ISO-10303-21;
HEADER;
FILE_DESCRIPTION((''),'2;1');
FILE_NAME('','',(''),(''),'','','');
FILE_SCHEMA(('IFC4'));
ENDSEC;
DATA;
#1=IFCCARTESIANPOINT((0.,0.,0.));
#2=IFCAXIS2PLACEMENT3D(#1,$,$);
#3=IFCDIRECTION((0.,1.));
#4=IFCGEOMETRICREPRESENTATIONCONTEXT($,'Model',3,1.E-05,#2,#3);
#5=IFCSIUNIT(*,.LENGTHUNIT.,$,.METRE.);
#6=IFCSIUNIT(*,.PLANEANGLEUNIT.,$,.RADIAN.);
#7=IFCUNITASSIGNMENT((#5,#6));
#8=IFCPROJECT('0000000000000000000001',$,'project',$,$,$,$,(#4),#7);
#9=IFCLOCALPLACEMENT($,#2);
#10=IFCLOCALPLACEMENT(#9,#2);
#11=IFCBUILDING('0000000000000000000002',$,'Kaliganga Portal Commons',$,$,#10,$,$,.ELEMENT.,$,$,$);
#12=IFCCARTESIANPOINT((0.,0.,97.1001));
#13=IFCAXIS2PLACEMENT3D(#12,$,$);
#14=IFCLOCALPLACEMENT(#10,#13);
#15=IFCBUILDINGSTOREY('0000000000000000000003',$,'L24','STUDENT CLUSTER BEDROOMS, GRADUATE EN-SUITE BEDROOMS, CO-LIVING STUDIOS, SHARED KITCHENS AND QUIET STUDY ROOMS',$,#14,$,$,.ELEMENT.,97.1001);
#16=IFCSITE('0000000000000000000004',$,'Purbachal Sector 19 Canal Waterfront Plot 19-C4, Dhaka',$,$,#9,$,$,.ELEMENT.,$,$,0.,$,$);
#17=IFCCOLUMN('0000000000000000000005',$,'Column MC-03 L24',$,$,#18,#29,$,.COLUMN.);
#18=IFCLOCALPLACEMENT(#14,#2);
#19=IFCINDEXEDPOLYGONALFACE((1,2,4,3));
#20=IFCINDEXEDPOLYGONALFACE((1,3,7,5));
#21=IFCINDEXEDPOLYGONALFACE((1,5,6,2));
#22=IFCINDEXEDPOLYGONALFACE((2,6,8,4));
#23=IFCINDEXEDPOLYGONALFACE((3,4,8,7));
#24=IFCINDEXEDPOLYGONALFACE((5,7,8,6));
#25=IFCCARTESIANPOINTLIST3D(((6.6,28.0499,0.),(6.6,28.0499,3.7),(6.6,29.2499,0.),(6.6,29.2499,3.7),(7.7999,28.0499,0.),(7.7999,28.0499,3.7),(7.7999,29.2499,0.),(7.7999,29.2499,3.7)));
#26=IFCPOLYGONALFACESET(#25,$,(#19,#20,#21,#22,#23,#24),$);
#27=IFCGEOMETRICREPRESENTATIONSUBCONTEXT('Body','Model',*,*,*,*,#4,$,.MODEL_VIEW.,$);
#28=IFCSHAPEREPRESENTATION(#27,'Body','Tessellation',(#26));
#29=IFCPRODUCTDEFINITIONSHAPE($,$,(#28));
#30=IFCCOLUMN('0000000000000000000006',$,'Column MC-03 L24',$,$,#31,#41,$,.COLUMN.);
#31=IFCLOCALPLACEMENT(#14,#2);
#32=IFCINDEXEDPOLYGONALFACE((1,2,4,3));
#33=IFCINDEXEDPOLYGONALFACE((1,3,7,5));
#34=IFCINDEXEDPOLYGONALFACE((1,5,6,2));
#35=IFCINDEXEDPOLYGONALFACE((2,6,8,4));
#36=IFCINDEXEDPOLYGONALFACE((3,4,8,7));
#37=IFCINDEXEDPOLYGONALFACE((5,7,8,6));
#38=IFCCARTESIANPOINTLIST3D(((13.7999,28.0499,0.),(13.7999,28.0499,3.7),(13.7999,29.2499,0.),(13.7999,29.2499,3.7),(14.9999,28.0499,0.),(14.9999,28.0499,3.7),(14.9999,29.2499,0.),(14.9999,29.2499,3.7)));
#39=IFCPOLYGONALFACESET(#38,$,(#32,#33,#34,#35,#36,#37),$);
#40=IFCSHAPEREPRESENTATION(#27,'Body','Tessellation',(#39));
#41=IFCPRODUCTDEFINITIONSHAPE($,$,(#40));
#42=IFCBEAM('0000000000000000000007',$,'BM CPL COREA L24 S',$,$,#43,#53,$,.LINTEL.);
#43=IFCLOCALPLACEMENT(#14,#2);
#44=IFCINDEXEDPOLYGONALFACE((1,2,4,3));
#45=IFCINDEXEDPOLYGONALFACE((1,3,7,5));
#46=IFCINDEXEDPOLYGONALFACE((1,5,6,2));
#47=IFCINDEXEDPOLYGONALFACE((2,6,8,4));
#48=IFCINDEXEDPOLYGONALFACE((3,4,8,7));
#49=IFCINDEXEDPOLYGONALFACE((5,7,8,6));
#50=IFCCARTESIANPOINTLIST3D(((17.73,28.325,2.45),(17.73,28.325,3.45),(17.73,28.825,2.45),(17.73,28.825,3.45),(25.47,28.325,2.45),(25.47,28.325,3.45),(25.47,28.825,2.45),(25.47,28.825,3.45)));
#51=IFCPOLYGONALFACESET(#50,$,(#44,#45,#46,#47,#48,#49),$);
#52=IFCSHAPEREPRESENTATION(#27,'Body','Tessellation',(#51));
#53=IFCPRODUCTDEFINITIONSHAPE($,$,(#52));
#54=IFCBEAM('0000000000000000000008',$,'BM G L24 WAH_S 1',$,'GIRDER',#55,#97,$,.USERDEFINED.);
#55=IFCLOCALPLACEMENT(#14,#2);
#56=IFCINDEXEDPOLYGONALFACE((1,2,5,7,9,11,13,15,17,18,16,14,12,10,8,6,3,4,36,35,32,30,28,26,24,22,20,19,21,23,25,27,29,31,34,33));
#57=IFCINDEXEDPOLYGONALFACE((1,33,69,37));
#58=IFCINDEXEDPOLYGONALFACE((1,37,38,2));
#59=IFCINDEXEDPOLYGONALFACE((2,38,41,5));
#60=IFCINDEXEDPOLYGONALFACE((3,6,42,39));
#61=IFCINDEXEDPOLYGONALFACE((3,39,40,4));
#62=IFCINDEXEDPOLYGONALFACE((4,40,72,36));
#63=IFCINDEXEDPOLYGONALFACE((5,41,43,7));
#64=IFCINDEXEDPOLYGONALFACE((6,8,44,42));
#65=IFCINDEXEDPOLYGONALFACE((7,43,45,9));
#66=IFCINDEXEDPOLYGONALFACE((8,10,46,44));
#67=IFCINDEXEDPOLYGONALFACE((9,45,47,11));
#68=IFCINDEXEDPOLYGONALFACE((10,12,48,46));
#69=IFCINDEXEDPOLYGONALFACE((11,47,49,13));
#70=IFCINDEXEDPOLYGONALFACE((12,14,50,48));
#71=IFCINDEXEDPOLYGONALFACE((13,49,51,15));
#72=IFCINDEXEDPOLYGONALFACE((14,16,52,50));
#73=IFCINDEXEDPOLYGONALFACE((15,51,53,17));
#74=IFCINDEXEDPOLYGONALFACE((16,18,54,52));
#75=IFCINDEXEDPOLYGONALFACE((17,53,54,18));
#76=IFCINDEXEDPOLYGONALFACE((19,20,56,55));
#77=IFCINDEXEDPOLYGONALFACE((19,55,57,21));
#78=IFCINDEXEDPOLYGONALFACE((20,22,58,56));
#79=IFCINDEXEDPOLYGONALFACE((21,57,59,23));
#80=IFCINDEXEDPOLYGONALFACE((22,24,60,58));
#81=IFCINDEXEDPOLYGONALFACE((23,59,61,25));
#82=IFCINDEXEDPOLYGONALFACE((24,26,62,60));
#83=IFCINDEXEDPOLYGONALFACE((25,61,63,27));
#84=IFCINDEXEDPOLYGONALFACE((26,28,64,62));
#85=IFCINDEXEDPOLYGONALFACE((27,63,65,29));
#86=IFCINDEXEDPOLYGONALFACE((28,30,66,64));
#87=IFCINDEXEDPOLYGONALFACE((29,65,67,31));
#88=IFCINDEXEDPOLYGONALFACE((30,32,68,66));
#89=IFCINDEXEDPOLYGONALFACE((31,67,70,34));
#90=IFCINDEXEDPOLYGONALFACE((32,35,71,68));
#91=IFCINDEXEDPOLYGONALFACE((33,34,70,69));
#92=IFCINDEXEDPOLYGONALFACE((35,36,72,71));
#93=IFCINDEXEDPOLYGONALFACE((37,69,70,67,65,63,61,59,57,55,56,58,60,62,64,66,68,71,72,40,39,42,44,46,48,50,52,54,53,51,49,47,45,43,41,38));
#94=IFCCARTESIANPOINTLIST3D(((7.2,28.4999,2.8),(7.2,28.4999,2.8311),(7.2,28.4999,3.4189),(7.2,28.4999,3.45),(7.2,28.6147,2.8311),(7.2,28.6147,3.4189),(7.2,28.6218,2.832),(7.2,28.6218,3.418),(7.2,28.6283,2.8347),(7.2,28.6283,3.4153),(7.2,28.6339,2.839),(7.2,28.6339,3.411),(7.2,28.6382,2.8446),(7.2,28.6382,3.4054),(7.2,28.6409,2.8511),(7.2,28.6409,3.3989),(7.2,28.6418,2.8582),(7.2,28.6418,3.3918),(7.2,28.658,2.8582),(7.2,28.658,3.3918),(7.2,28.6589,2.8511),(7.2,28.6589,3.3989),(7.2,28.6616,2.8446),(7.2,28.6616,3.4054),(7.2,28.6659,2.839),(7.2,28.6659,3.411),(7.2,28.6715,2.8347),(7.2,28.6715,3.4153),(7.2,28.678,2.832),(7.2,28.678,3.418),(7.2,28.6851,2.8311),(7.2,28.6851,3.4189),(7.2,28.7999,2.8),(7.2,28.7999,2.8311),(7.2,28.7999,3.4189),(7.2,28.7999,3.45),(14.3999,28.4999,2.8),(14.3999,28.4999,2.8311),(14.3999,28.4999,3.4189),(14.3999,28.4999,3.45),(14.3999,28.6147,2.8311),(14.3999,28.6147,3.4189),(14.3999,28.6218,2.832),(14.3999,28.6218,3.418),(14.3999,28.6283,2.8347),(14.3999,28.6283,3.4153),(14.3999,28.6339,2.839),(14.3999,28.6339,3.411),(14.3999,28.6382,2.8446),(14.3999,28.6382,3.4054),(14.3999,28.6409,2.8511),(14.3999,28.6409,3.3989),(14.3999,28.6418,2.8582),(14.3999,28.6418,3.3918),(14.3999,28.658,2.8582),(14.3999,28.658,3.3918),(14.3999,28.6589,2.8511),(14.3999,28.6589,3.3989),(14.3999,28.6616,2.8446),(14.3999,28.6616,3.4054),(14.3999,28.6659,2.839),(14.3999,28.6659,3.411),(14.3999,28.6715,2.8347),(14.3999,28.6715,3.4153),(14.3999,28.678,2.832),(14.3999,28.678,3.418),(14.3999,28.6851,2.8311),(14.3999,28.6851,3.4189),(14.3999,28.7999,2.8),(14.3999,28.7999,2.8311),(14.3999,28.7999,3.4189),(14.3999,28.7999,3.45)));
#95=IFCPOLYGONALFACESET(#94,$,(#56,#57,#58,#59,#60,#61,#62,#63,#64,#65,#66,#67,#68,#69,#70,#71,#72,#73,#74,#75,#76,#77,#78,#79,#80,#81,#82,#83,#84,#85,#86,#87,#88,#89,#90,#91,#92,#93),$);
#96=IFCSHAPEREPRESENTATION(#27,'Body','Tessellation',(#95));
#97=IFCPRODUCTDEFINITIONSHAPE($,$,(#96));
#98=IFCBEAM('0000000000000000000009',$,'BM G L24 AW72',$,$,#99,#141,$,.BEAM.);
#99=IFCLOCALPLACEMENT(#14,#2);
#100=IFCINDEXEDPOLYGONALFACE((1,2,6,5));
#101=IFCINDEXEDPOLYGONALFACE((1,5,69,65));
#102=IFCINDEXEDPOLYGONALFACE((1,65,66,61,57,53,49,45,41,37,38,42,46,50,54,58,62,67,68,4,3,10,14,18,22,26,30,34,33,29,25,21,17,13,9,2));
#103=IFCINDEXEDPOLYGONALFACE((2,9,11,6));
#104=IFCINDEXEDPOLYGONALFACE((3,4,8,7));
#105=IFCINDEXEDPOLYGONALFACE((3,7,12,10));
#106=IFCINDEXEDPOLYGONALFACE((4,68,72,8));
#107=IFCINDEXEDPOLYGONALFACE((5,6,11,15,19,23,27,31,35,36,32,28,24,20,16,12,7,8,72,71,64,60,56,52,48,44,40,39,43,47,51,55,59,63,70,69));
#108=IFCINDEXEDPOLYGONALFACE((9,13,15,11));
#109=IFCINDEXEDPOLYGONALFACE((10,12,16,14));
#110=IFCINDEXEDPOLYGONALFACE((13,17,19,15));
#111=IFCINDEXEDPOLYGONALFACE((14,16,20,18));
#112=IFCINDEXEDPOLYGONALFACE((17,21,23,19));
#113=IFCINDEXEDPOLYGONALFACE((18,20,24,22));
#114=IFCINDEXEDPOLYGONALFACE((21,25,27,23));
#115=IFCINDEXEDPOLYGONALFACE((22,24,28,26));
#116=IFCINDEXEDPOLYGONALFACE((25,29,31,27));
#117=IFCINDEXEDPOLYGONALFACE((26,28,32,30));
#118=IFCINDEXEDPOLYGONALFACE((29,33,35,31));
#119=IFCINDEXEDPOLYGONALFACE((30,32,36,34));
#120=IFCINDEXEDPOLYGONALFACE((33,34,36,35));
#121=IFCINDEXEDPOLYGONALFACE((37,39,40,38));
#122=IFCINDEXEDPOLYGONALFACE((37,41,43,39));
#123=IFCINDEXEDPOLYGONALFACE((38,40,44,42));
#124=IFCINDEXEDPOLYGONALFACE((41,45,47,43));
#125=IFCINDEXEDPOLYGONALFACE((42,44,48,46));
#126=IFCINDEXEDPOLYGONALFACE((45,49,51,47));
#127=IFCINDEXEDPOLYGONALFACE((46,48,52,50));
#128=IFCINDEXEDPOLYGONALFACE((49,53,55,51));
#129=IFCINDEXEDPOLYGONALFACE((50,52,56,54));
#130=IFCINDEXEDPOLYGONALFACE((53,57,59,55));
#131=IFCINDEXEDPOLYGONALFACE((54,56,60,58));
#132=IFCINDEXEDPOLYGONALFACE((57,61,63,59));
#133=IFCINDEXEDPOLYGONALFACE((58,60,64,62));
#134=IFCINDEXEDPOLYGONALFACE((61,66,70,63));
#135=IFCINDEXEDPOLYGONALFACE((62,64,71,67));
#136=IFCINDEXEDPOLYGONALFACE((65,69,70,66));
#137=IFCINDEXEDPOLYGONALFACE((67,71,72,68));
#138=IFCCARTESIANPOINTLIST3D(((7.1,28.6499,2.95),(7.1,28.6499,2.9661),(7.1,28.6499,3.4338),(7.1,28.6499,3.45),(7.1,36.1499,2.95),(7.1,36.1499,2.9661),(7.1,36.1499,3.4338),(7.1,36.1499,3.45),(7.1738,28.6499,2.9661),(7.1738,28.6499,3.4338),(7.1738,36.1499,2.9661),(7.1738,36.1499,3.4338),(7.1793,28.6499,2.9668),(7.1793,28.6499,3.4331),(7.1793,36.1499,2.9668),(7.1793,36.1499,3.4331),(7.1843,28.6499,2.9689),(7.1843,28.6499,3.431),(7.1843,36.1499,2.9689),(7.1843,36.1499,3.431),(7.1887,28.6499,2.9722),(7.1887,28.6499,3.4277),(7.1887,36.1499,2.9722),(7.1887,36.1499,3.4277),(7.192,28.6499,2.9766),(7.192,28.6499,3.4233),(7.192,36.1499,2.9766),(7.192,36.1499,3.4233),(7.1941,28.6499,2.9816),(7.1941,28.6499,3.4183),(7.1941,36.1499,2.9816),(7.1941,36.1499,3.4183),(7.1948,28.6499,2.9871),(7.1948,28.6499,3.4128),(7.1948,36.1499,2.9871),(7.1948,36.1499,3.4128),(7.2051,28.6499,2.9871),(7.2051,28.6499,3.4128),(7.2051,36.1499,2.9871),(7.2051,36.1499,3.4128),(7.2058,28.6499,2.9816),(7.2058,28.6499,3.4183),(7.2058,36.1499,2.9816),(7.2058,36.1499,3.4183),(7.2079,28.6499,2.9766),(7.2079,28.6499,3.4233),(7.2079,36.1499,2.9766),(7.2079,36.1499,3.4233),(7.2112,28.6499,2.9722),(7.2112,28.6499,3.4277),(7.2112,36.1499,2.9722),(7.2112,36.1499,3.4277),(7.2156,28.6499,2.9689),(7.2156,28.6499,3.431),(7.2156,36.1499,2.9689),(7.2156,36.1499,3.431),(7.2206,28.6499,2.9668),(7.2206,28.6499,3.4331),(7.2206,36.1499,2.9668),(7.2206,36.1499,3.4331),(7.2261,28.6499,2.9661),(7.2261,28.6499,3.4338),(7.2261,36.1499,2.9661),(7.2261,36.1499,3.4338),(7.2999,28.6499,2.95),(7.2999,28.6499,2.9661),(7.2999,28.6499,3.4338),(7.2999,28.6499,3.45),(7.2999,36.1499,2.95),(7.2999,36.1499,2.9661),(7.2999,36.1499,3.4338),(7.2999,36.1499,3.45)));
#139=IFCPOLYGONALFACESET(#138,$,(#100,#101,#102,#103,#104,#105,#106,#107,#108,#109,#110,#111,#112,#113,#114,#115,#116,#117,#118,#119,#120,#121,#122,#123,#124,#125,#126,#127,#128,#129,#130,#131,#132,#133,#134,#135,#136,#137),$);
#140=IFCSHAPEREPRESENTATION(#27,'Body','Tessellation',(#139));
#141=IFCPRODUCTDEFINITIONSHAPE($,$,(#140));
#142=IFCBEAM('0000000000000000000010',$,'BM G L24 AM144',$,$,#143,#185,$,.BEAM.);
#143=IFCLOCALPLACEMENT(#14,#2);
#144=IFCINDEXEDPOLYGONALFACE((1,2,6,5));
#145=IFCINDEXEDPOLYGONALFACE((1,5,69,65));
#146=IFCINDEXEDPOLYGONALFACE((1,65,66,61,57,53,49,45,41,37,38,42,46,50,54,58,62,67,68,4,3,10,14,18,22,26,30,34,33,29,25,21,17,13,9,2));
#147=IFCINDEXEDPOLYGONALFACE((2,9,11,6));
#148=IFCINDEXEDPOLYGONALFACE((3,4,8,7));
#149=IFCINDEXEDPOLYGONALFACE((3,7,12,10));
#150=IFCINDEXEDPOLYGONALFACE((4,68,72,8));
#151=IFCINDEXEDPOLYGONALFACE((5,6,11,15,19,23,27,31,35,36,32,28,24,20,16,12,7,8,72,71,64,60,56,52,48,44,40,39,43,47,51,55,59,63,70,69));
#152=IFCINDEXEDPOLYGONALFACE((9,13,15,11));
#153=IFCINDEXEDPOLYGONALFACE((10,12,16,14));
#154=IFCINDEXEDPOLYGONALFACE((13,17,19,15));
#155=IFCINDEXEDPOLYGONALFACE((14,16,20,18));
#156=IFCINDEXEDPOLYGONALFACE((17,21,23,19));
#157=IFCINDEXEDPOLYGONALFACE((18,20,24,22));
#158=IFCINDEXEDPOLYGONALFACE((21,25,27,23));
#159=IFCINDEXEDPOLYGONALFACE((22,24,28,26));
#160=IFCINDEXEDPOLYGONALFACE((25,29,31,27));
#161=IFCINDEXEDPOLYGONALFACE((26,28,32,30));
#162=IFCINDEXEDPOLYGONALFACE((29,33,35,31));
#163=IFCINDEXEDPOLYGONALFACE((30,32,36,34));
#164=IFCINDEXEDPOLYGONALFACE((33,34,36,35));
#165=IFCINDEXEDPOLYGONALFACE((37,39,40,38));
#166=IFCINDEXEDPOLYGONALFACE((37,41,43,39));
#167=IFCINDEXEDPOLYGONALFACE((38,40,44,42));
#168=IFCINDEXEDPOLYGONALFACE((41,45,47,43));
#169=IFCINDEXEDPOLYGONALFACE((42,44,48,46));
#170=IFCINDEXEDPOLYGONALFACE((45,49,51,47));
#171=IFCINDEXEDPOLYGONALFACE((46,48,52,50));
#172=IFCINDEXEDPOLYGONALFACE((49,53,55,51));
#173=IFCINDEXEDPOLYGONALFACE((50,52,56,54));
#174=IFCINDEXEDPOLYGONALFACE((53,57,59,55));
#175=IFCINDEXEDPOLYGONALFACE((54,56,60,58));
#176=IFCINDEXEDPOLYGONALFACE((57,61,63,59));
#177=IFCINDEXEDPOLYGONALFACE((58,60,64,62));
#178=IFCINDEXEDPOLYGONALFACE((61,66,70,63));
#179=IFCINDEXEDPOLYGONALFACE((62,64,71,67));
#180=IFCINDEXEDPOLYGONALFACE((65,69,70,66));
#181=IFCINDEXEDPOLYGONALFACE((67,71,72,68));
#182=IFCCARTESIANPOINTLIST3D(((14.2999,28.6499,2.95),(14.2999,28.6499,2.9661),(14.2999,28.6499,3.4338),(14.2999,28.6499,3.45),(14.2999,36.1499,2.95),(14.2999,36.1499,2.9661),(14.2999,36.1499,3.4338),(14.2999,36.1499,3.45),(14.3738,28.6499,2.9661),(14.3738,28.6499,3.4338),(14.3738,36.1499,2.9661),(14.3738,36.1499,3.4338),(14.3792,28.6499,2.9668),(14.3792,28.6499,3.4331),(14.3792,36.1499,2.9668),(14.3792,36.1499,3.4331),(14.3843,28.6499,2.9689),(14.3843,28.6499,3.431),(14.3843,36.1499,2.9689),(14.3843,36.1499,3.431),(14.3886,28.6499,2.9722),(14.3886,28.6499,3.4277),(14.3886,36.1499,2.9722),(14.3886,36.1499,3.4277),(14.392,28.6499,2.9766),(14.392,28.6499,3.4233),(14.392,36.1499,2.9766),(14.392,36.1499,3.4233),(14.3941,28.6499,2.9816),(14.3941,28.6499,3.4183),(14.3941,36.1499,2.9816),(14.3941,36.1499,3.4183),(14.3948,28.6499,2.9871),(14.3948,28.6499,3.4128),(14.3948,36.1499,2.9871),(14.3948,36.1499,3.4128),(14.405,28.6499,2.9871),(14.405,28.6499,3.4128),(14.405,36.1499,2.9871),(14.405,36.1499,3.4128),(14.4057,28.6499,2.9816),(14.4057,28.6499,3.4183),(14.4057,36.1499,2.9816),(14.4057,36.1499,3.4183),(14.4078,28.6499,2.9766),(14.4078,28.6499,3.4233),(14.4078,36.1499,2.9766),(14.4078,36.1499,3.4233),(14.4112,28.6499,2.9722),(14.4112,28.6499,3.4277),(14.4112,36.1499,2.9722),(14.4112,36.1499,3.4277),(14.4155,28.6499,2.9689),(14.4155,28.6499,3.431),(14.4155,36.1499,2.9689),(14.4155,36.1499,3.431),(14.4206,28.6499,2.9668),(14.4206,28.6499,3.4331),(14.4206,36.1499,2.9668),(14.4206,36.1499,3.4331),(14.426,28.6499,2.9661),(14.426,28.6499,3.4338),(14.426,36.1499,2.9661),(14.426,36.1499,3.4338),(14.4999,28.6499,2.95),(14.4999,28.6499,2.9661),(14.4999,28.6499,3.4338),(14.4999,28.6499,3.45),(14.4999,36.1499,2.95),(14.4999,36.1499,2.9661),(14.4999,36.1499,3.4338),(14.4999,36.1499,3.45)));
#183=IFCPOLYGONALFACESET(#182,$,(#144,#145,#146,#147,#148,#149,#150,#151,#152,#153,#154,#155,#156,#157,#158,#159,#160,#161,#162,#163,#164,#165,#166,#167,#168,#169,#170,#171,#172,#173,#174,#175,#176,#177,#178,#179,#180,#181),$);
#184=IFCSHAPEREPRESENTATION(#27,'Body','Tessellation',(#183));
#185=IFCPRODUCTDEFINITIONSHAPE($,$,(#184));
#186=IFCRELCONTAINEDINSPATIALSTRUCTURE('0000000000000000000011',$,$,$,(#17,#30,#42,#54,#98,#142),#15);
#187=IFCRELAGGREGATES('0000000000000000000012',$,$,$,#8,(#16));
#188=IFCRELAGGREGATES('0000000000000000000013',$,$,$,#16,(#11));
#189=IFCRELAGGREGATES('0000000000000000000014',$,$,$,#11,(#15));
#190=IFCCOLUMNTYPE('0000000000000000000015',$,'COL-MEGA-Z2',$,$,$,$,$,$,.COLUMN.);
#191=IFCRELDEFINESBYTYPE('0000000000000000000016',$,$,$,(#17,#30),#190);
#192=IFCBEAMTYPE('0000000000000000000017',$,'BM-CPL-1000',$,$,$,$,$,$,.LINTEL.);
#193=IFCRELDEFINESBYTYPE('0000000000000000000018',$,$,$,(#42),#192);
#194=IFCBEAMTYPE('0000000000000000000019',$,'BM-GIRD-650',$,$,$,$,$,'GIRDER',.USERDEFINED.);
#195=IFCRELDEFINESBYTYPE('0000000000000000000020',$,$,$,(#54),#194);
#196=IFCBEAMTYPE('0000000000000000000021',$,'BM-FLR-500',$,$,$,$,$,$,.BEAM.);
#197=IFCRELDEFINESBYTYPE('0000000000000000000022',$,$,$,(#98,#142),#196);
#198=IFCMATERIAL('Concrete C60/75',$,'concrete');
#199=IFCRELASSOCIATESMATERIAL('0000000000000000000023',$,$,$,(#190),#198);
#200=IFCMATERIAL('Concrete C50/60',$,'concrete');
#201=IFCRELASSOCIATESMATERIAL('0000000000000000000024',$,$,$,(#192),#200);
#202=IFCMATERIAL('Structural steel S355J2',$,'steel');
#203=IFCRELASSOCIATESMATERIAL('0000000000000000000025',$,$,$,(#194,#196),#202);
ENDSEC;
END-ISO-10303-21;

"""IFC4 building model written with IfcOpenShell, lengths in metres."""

from ifc_helpers import new_model, si_unit, direction, frame, origin, origin_2d, place, context, subcontext, project, spatial, rectangle, i_section, extrude, source, transform, mapped, material, material_profile, profile_set, type_object, element, save


model = new_model("IFC4")

# Units and contexts
model_context = context("Model", 3, precision=1e-05, world=origin(), true_north=direction((0.0, 1.0)))
body_context = subcontext(model_context, "Body", "Model", "MODEL_VIEW")
ifc_project = project(units=[si_unit("LENGTHUNIT", "METRE"), si_unit("PLANEANGLEUNIT", "RADIAN")], contexts=[model_context])

# Site, building, storey
site_placement = place(None, origin())
site = spatial("IfcSite", under=ifc_project, at=site_placement, Name="Purbachal Sector 19 Canal Waterfront Plot 19-C4, Dhaka", CompositionType="ELEMENT", RefElevation=0.0)
building_placement = place(site_placement, origin())
building = spatial("IfcBuilding", under=site, at=building_placement, Name="Kaliganga Portal Commons", CompositionType="ELEMENT")
storey_placement = place(building_placement, frame((0.0, 0.0, 97.1001)))
storey = spatial("IfcBuildingStorey", under=building, at=storey_placement, Name="L24", Description="STUDENT CLUSTER BEDROOMS, GRADUATE EN-SUITE BEDROOMS, CO-LIVING STUDIOS, SHARED KITCHENS AND QUIET STUDY ROOMS", CompositionType="ELEMENT", Elevation=97.1001)

# Columns
ifc_material_1 = material(Name="Concrete C60/75", Category="concrete")
ifc_material_profile_1 = material_profile(ifc_material_1, rectangle(XDim=1.2, YDim=1.2, at=origin_2d()), Name="RC 1200x1200")
ifc_profile_set_1 = profile_set([ifc_material_profile_1], Name="Concrete C60/75")
column_type = type_object("IfcColumnType", Name="COL-MEGA-Z2", PredefinedType="COLUMN", material=ifc_profile_set_1)
shared_shape_1 = source(origin(), body_context, "Body", "SweptSolid", [
    extrude(rectangle(XDim=1.2, YDim=1.2, at=origin_2d()), origin(), (0.0, 0.0, 1.0), 3.7),
])
for number, where, z_axis, x_axis, name in (
    (1, (7.2, 28.6499, 0.0), (0.0, 0.0, 1.0), (1.0, 0.0, 0.0), "Column MC-03 L24"),
    (2, (14.3999, 28.6499, 0.0), (0.0, 0.0, 1.0), (1.0, 0.0, 0.0), "Column MC-03 L24"),
):
    element("IfcColumn", number, at=place(storey_placement, frame(where, z_axis=z_axis, x_axis=x_axis)), inside=storey, type_object=column_type, Name=name, PredefinedType="COLUMN", context=body_context, shape_type="MappedRepresentation", body=[
        mapped(shared_shape_1, transform((0.0, 0.0, 0.0), x_axis=(1.0, 0.0, 0.0), y_axis=(0.0, 1.0, 0.0), z_axis=(0.0, 0.0, 1.0), scale=1.0)),
    ])

# Beams
ifc_material_2 = material(Name="Concrete C50/60", Category="concrete")
ifc_material_profile_2 = material_profile(ifc_material_2, rectangle(XDim=0.5, YDim=1.0, at=origin_2d()), Name="RC 500x1000")
ifc_profile_set_2 = profile_set([ifc_material_profile_2], Name="Concrete C50/60")
beam_type_1 = type_object("IfcBeamType", Name="BM-CPL-1000", PredefinedType="LINTEL", material=ifc_profile_set_2)
shared_shape_2 = source(origin(), body_context, "Body", "SweptSolid", [
    extrude(rectangle(XDim=0.5, YDim=1.0, at=origin_2d()), origin(), (0.0, 0.0, 1.0), 7.74),
])
beam_1_placement = place(storey_placement, frame((17.73, 28.575, 2.95), z_axis=(1.0, 0.0, 0.0), x_axis=(0.0, 1.0, 0.0)))
element("IfcBeam", 3, at=beam_1_placement, inside=storey, type_object=beam_type_1, Name="BM CPL COREA L24 S", PredefinedType="LINTEL", context=body_context, shape_type="MappedRepresentation", body=[
    mapped(shared_shape_2, transform((0.0, 0.0, 0.0), x_axis=(1.0, 0.0, 0.0), y_axis=(0.0, 1.0, 0.0), z_axis=(0.0, 0.0, 1.0), scale=1.0)),
])
ifc_material_3 = material(Name="Structural steel S355J2", Category="steel")
ifc_material_profile_3 = material_profile(ifc_material_3, i_section(OverallWidth=0.3, OverallDepth=0.6499, WebThickness=0.0161, FlangeThickness=0.031, FilletRadius=0.0271, at=origin_2d()), Name="HE 650 B")
ifc_profile_set_3 = profile_set([ifc_material_profile_3], Name="Structural steel S355J2 wide-flange")
beam_type_2 = type_object("IfcBeamType", Name="BM-GIRD-650", ElementType="GIRDER", PredefinedType="USERDEFINED", material=ifc_profile_set_3)
shared_shape_3 = source(origin(), body_context, "Body", "SweptSolid", [
    extrude(i_section(OverallWidth=0.3, OverallDepth=0.6499, WebThickness=0.0161, FlangeThickness=0.031, FilletRadius=0.0271, at=origin_2d()), origin(), (0.0, 0.0, 1.0), 7.2),
])
beam_2_placement = place(storey_placement, frame((7.2, 28.6499, 3.125), z_axis=(1.0, 0.0, 0.0), x_axis=(0.0, 1.0, 0.0)))
element("IfcBeam", 4, at=beam_2_placement, inside=storey, type_object=beam_type_2, Name="BM G L24 WAH_S 1", ObjectType="GIRDER", PredefinedType="USERDEFINED", context=body_context, shape_type="MappedRepresentation", body=[
    mapped(shared_shape_3, transform((0.0, 0.0, 0.0), x_axis=(1.0, 0.0, 0.0), y_axis=(0.0, 1.0, 0.0), z_axis=(0.0, 0.0, 1.0), scale=1.0)),
])
ifc_material_profile_4 = material_profile(ifc_material_3, i_section(OverallWidth=0.2, OverallDepth=0.5, WebThickness=0.0103, FlangeThickness=0.0161, FilletRadius=0.021, at=origin_2d()), Name="IPE 500")
ifc_profile_set_4 = profile_set([ifc_material_profile_4], Name="Structural steel S355J2 wide-flange")
beam_type_3 = type_object("IfcBeamType", Name="BM-FLR-500", PredefinedType="BEAM", material=ifc_profile_set_4)
shared_shape_4 = source(origin(), body_context, "Body", "SweptSolid", [
    extrude(i_section(OverallWidth=0.2, OverallDepth=0.5, WebThickness=0.0103, FlangeThickness=0.0161, FilletRadius=0.021, at=origin_2d()), origin(), (0.0, 0.0, 1.0), 7.5),
])
for number, where, z_axis, x_axis, name in (
    (5, (7.2, 28.6499, 3.2), (0.0, 1.0, 0.0), (-1.0, 0.0, 0.0), "BM G L24 AW72"),
    (6, (14.3999, 28.6499, 3.2), (0.0, 1.0, 0.0), (-1.0, 0.0, 0.0), "BM G L24 AM144"),
):
    element("IfcBeam", number, at=place(storey_placement, frame(where, z_axis=z_axis, x_axis=x_axis)), inside=storey, type_object=beam_type_3, Name=name, PredefinedType="BEAM", context=body_context, shape_type="MappedRepresentation", body=[
        mapped(shared_shape_4, transform((0.0, 0.0, 0.0), x_axis=(1.0, 0.0, 0.0), y_axis=(0.0, 1.0, 0.0), z_axis=(0.0, 0.0, 1.0), scale=1.0)),
    ])

save(model, "model.ifc")
